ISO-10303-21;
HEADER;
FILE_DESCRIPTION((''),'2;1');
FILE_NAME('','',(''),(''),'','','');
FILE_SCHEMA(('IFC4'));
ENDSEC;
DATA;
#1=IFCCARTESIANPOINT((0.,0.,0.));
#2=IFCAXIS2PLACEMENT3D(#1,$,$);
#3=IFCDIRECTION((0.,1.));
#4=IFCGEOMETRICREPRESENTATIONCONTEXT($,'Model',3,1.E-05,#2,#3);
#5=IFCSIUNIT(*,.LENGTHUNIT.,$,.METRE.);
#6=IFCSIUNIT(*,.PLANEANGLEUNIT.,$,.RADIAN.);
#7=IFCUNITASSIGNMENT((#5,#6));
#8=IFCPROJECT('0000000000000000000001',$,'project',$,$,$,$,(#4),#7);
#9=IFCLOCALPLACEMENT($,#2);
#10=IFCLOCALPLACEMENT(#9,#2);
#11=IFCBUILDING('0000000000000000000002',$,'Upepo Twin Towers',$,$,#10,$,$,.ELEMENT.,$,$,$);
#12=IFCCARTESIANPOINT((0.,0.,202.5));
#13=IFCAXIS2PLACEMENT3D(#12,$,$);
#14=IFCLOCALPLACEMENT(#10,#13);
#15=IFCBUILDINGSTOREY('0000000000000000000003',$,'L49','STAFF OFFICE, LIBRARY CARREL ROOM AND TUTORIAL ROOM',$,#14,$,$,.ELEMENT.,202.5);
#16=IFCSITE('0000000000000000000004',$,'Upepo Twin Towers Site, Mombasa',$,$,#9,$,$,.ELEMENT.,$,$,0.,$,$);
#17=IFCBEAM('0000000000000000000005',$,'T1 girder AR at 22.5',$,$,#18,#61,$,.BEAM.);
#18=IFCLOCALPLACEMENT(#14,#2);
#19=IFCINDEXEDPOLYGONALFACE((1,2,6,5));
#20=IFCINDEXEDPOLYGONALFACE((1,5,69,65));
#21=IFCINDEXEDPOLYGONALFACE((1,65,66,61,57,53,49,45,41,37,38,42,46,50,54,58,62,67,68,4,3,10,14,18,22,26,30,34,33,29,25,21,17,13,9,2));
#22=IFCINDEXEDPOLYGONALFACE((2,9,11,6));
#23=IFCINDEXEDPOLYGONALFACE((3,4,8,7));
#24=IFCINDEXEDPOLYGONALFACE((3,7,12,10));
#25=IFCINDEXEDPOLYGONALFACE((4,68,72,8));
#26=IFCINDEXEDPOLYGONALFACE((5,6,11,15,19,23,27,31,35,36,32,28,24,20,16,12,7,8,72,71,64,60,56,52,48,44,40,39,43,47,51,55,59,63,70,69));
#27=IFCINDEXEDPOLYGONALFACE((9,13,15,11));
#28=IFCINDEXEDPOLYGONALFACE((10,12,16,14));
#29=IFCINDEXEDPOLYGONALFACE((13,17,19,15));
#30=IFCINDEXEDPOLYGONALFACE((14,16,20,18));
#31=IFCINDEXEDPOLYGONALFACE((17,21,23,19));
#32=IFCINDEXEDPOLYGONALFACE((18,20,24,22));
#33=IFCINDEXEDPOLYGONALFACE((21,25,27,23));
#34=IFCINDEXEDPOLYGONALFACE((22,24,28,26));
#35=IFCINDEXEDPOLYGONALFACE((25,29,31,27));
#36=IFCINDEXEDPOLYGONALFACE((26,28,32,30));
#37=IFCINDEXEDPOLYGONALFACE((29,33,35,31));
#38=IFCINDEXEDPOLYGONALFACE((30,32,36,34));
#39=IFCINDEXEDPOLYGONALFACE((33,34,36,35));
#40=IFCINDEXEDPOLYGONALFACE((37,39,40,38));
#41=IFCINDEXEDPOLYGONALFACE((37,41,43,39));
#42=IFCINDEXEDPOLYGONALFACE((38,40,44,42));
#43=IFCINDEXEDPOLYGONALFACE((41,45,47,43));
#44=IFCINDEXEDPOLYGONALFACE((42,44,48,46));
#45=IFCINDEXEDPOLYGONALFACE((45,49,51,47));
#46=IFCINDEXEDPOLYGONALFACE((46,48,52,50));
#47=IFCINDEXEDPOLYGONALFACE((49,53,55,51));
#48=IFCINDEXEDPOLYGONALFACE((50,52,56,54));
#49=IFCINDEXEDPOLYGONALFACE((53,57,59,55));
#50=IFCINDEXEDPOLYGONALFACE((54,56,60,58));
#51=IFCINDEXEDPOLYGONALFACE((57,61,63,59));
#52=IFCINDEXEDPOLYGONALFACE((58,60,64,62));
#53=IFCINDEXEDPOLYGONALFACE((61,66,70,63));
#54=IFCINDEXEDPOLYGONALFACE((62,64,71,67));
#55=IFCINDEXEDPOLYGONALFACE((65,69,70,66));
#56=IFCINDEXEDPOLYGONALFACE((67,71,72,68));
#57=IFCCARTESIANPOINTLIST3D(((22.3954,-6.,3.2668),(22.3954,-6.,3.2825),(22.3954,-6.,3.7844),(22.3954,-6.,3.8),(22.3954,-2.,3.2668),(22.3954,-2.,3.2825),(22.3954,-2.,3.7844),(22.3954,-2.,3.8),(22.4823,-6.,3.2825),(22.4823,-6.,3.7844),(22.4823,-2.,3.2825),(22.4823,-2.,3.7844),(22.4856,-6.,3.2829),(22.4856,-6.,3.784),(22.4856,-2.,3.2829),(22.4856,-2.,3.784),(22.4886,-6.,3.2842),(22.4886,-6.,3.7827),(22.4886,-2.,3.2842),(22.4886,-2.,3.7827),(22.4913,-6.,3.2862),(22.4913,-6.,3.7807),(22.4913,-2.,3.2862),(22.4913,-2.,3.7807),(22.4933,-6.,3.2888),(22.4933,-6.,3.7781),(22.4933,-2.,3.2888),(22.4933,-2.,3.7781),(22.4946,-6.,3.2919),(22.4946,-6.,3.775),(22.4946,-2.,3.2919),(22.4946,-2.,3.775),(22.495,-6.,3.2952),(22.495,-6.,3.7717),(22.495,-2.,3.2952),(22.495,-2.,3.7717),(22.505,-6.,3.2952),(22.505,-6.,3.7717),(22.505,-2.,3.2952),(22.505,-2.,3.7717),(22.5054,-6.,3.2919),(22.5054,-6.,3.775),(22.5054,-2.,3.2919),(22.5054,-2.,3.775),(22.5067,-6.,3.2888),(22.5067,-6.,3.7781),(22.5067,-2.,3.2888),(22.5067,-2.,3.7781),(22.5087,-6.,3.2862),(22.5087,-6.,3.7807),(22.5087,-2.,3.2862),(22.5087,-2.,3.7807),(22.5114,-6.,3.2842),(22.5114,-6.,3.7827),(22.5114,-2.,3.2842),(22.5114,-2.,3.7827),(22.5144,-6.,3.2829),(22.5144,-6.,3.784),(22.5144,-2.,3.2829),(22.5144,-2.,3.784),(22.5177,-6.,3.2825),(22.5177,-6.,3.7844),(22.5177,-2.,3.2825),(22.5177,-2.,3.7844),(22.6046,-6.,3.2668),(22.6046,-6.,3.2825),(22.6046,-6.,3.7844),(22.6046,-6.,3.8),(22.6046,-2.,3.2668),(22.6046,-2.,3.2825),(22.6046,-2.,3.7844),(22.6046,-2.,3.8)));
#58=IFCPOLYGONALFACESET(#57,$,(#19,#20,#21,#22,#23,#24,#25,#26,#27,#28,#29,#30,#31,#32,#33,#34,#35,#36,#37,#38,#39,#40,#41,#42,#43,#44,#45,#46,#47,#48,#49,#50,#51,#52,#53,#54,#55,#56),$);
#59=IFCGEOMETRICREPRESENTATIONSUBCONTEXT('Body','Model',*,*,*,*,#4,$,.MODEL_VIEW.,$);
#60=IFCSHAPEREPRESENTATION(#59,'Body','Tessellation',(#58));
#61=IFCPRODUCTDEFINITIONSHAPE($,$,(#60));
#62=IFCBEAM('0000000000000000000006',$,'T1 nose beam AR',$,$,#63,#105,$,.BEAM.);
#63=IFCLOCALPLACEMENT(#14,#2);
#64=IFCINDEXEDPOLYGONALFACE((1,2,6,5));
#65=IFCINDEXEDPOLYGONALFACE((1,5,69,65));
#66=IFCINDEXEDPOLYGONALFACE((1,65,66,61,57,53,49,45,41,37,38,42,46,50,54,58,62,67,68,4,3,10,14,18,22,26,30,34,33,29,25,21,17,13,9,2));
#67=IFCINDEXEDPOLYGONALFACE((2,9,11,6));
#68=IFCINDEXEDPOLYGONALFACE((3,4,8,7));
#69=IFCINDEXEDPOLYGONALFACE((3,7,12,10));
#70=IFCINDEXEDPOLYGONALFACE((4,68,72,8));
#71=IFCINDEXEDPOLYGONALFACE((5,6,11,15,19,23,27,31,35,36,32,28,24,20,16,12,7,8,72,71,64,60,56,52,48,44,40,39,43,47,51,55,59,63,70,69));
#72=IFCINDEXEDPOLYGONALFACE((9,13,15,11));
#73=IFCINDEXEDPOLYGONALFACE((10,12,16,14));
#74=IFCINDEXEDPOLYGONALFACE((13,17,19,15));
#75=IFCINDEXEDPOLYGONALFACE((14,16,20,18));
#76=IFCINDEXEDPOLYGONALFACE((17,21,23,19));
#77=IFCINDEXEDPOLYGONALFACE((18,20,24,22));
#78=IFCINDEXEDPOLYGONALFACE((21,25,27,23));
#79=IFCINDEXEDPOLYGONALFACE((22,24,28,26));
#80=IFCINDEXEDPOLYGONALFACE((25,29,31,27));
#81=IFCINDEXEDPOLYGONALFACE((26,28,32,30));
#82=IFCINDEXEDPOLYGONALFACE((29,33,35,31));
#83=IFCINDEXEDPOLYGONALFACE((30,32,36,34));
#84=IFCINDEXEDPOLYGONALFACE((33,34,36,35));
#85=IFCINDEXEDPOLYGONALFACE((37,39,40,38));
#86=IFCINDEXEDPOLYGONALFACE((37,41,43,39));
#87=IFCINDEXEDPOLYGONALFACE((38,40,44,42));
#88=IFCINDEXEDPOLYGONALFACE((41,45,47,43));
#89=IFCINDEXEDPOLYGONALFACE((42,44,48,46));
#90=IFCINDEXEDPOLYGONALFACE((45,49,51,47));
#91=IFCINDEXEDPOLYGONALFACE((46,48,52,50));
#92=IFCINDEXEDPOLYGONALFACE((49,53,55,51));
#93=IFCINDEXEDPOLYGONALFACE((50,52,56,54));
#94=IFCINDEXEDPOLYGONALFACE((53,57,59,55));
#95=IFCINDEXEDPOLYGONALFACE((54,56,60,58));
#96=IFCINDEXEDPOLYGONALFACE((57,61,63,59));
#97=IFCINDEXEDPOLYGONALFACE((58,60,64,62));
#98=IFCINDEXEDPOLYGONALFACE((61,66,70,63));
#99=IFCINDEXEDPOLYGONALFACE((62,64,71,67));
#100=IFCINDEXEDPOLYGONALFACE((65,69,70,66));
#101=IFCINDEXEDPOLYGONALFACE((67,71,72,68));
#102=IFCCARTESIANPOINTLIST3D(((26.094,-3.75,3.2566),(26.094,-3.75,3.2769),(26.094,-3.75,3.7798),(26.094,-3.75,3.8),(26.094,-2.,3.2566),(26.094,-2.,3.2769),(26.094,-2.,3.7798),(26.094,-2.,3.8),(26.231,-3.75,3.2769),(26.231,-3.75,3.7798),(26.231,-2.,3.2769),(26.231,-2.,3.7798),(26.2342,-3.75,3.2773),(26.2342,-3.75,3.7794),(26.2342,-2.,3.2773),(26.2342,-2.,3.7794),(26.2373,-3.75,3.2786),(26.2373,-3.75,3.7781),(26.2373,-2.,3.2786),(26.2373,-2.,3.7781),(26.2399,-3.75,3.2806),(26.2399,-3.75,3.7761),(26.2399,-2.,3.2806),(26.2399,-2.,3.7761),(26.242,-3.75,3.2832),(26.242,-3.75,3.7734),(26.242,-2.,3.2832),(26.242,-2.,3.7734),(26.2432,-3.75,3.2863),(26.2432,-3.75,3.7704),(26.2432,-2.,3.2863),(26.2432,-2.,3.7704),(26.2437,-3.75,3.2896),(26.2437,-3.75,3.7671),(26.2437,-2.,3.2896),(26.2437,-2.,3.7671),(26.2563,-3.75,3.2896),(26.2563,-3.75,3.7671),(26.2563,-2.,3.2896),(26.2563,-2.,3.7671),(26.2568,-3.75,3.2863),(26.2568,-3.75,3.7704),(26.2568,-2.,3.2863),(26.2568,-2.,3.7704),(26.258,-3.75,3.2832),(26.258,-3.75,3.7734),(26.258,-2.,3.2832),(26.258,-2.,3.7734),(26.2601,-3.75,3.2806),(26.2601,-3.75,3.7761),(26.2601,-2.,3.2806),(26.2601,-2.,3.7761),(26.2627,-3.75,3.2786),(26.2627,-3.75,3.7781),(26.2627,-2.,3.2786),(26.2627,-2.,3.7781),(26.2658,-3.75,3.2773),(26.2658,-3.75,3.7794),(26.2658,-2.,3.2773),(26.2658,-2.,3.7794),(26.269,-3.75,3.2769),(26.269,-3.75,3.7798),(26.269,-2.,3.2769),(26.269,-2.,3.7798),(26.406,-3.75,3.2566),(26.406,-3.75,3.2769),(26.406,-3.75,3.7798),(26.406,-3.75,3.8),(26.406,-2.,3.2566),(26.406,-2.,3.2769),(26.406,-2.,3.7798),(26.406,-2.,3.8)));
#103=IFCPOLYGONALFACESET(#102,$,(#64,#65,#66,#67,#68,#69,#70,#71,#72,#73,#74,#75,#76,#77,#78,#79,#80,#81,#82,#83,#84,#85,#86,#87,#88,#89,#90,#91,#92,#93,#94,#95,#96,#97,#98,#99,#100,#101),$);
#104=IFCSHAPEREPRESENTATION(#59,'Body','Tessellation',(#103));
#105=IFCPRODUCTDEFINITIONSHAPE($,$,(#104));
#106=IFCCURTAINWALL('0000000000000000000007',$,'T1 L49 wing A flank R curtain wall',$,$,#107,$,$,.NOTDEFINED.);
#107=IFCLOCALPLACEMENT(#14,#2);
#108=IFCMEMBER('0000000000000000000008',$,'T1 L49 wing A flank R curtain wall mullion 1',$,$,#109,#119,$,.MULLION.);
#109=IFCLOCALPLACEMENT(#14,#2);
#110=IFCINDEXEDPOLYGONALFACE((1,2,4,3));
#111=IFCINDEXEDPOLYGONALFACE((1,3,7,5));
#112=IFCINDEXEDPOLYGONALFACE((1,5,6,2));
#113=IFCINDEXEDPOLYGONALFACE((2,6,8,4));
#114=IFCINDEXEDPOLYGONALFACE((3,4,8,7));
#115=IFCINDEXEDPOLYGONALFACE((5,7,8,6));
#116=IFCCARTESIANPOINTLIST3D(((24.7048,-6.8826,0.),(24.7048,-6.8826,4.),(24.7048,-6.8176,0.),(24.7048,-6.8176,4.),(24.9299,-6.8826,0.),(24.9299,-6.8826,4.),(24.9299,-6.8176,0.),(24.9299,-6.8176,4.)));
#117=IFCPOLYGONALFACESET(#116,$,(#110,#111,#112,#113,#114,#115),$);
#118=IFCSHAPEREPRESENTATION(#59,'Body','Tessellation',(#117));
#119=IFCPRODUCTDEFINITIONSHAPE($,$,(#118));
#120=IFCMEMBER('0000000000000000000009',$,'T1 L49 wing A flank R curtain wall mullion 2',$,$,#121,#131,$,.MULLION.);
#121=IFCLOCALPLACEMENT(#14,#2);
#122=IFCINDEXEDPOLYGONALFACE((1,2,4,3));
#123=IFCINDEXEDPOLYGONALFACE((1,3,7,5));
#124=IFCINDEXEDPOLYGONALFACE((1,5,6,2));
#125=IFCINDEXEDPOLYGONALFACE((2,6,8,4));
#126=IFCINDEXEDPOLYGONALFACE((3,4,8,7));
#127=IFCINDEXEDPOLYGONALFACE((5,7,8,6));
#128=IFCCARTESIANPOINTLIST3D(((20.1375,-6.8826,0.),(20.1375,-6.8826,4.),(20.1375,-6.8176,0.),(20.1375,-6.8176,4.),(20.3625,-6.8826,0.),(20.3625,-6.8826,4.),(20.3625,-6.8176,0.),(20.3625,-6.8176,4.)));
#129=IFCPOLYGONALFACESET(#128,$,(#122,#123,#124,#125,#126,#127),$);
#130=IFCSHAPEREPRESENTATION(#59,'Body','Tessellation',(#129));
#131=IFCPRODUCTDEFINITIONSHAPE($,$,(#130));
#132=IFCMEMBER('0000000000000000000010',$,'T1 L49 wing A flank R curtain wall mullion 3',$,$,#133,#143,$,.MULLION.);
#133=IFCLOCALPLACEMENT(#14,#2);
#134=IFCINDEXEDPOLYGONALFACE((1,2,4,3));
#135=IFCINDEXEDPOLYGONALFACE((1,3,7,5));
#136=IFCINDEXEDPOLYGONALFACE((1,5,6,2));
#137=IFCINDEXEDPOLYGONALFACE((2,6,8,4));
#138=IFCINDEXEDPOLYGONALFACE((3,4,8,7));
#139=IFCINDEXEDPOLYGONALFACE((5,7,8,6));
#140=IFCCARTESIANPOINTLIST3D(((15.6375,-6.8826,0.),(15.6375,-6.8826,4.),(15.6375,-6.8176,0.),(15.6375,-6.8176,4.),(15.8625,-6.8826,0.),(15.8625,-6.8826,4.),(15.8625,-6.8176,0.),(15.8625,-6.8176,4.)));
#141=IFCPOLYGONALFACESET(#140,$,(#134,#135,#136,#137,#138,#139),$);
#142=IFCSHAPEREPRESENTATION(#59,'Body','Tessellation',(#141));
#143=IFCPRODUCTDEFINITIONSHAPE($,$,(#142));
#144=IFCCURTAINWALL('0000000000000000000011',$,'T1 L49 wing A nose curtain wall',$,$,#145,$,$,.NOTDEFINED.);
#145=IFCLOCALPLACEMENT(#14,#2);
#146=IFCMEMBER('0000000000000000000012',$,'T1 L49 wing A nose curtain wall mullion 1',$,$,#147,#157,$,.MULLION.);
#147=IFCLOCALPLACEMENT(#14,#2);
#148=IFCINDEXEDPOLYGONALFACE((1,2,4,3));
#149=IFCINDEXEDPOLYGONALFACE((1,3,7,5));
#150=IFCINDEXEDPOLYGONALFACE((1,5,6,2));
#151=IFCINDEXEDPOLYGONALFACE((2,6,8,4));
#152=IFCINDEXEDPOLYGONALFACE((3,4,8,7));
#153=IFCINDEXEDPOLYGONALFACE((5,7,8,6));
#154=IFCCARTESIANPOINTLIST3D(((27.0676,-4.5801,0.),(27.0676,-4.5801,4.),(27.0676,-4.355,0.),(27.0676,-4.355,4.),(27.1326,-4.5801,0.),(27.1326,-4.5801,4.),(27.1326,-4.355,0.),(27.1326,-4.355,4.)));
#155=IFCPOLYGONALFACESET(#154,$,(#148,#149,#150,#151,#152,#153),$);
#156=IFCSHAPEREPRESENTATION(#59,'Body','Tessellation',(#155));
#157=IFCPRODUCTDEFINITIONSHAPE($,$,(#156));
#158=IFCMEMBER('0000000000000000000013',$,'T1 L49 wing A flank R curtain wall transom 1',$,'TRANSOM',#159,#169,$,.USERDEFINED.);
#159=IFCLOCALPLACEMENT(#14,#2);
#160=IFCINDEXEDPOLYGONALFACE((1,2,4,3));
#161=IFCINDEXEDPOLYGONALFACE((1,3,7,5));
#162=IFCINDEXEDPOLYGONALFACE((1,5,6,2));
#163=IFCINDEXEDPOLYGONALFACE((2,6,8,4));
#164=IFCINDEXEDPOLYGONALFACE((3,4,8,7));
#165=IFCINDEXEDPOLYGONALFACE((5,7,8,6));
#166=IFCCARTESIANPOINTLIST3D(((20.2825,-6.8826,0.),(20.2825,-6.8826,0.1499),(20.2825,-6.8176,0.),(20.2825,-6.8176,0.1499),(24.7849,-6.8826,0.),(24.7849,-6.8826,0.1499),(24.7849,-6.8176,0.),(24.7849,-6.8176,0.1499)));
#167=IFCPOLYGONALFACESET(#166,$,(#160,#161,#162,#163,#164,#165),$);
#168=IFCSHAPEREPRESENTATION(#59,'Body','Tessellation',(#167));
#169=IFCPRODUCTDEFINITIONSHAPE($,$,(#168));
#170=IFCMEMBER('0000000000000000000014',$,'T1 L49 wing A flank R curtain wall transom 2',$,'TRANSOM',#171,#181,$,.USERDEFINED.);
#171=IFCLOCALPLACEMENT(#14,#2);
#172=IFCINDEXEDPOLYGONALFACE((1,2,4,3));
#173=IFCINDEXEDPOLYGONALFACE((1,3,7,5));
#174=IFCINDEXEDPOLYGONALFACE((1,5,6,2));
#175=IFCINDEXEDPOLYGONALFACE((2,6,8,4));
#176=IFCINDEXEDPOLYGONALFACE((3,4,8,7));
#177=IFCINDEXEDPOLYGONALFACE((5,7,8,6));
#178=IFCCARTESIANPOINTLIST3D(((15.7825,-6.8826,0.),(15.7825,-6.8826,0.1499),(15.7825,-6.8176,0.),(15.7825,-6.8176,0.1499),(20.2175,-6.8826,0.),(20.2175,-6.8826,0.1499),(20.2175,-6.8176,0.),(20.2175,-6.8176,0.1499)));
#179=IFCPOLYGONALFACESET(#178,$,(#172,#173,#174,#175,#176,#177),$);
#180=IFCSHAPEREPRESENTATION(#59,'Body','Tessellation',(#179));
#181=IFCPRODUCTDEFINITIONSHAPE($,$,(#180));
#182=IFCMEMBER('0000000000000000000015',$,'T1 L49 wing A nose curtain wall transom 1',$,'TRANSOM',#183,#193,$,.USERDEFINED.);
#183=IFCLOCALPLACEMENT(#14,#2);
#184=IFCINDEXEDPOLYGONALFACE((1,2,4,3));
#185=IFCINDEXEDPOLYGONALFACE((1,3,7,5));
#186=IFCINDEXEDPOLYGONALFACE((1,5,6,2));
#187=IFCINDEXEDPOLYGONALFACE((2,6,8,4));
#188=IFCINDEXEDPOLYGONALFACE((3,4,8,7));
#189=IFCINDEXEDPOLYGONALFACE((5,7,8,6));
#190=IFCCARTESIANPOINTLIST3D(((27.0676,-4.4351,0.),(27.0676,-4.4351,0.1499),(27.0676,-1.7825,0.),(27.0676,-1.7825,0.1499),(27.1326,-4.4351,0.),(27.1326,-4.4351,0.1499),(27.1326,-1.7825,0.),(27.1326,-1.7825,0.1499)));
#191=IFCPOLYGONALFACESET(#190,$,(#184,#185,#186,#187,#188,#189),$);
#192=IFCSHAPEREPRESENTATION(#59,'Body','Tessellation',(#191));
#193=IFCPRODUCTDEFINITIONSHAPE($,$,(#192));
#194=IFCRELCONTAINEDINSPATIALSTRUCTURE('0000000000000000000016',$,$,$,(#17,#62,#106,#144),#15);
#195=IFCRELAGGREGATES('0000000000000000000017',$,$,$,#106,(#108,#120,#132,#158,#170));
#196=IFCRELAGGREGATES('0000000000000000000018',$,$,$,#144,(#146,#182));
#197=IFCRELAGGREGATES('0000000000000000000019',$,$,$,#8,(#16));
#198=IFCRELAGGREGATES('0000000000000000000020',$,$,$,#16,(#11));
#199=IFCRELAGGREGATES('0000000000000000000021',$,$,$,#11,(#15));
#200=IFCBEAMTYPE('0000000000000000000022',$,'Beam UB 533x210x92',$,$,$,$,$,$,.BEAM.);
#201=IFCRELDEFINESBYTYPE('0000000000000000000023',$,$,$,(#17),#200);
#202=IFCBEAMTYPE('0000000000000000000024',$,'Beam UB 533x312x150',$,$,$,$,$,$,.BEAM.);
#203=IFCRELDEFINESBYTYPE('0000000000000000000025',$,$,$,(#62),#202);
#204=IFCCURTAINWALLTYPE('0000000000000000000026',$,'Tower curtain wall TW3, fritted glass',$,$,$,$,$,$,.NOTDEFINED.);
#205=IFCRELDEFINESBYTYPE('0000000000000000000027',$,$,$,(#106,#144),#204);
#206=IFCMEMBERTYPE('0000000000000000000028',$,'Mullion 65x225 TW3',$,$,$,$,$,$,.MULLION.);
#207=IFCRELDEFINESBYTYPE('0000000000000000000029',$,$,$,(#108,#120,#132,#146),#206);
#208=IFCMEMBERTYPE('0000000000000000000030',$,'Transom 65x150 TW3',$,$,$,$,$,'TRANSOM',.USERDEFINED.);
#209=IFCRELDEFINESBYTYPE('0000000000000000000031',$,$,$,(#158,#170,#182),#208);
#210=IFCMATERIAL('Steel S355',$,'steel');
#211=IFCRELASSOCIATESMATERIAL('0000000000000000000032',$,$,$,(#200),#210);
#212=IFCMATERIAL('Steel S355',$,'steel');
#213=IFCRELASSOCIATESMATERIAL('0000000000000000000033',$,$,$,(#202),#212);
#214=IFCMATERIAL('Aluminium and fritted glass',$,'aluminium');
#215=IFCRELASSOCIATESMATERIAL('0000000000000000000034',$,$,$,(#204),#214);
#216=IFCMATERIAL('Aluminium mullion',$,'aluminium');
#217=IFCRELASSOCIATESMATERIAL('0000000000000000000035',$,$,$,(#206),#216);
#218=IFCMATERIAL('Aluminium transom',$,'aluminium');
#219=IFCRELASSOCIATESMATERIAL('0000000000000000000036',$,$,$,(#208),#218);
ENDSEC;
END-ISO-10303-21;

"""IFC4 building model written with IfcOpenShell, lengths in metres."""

from ifc_helpers import new_model, si_unit, direction, frame, origin, origin_2d, place, context, subcontext, project, spatial, rectangle, i_section, extrude, material, material_profile, profile_set, type_object, element, aggregate, save


model = new_model("IFC4")

# Units and contexts
model_context = context("Model", 3, precision=1e-05, world=origin(), true_north=direction((0.0, 1.0)))
body_context = subcontext(model_context, "Body", "Model", "MODEL_VIEW")
ifc_project = project(units=[si_unit("LENGTHUNIT", "METRE"), si_unit("PLANEANGLEUNIT", "RADIAN")], contexts=[model_context])

# Site, building, storey
site_placement = place(None, origin())
site = spatial("IfcSite", under=ifc_project, at=site_placement, Name="Upepo Twin Towers Site, Mombasa", CompositionType="ELEMENT", RefElevation=0.0)
building_placement = place(site_placement, origin())
building = spatial("IfcBuilding", under=site, at=building_placement, Name="Upepo Twin Towers", CompositionType="ELEMENT")
storey_placement = place(building_placement, frame((0.0, 0.0, 202.5)))
storey = spatial("IfcBuildingStorey", under=building, at=storey_placement, Name="L49", Description="STAFF OFFICE, LIBRARY CARREL ROOM AND TUTORIAL ROOM", CompositionType="ELEMENT", Elevation=202.5)

# Beams
ifc_material_1 = material(Name="Steel S355", Category="steel")
ifc_material_profile_1 = material_profile(ifc_material_1, i_section(OverallWidth=0.2092, OverallDepth=0.5332, WebThickness=0.01, FlangeThickness=0.0156, FilletRadius=0.0127, at=origin_2d()), Name="UB 533x210x92")
ifc_profile_set_1 = profile_set([ifc_material_profile_1], Name="Steel S355")
beam_type_1 = type_object("IfcBeamType", Name="Beam UB 533x210x92", PredefinedType="BEAM", material=ifc_profile_set_1)
for number, where, z_axis, x_axis, name in (
    (1, (22.5, -6.0, 3.5334), (0.0, 1.0, 0.0), (-1.0, 0.0, 0.0), "T1 girder AR at 22.5"),
):
    element("IfcBeam", number, at=place(storey_placement, frame(where, z_axis=z_axis, x_axis=x_axis)), inside=storey, type_object=beam_type_1, Name=name, PredefinedType="BEAM", context=body_context, shape_type="SweptSolid", body=[
        extrude(i_section(OverallWidth=0.2092, OverallDepth=0.5332, WebThickness=0.01, FlangeThickness=0.0156, FilletRadius=0.0127, at=origin_2d()), origin(), (0.0, 0.0, 1.0), 4.0),
    ])
ifc_material_2 = material(Name="Steel S355", Category="steel")
ifc_material_profile_2 = material_profile(ifc_material_2, i_section(OverallWidth=0.312, OverallDepth=0.5435, WebThickness=0.0127, FlangeThickness=0.0203, FilletRadius=0.0127, at=origin_2d()), Name="UB 533x312x150")
ifc_profile_set_2 = profile_set([ifc_material_profile_2], Name="Steel S355")
beam_type_2 = type_object("IfcBeamType", Name="Beam UB 533x312x150", PredefinedType="BEAM", material=ifc_profile_set_2)
beam_1_placement = place(storey_placement, frame((26.25, -3.75, 3.5283), z_axis=(0.0, 1.0, 0.0), x_axis=(-1.0, 0.0, 0.0)))
element("IfcBeam", 2, at=beam_1_placement, inside=storey, type_object=beam_type_2, Name="T1 nose beam AR", PredefinedType="BEAM", context=body_context, shape_type="SweptSolid", body=[
    extrude(i_section(OverallWidth=0.312, OverallDepth=0.5435, WebThickness=0.0127, FlangeThickness=0.0203, FilletRadius=0.0127, at=origin_2d()), origin(), (0.0, 0.0, 1.0), 1.75),
])

# Curtain wall, members
ifc_material_3 = material(Name="Aluminium and fritted glass", Category="aluminium")
curtain_wall_type = type_object("IfcCurtainWallType", Name="Tower curtain wall TW3, fritted glass", PredefinedType="NOTDEFINED", material=ifc_material_3)
curtain_wall_1_placement = place(storey_placement, origin())
curtain_wall_1 = element("IfcCurtainWall", 3, at=curtain_wall_1_placement, inside=storey, type_object=curtain_wall_type, Name="T1 L49 wing A flank R curtain wall", PredefinedType="NOTDEFINED")
ifc_material_4 = material(Name="Aluminium mullion", Category="aluminium")
ifc_material_profile_3 = material_profile(ifc_material_4, rectangle(XDim=0.0649, YDim=0.2251, at=origin_2d()), Name="MULLION 65x225")
ifc_profile_set_3 = profile_set([ifc_material_profile_3], Name="Aluminium mullion")
member_type_1 = type_object("IfcMemberType", Name="Mullion 65x225 TW3", PredefinedType="MULLION", material=ifc_profile_set_3)
member_1_placement = place(storey_placement, frame((24.8174, -6.8501, 0.0), z_axis=(0.0, 0.0, 1.0), x_axis=(0.0, -1.0, 0.0)))
member_1 = element("IfcMember", 4, at=member_1_placement, type_object=member_type_1, Name="T1 L49 wing A flank R curtain wall mullion 1", PredefinedType="MULLION", context=body_context, shape_type="SweptSolid", body=[
    extrude(rectangle(XDim=0.0649, YDim=0.2251, at=origin_2d()), origin(), (0.0, 0.0, 1.0), 4.0),
])
member_2_placement = place(storey_placement, frame((20.25, -6.8501, 0.0), z_axis=(0.0, 0.0, 1.0), x_axis=(0.0, -1.0, 0.0)))
member_2 = element("IfcMember", 5, at=member_2_placement, type_object=member_type_1, Name="T1 L49 wing A flank R curtain wall mullion 2", PredefinedType="MULLION", context=body_context, shape_type="SweptSolid", body=[
    extrude(rectangle(XDim=0.0649, YDim=0.2251, at=origin_2d()), origin(), (0.0, 0.0, 1.0), 4.0),
])
member_3_placement = place(storey_placement, frame((15.75, -6.8501, 0.0), z_axis=(0.0, 0.0, 1.0), x_axis=(0.0, -1.0, 0.0)))
member_3 = element("IfcMember", 6, at=member_3_placement, type_object=member_type_1, Name="T1 L49 wing A flank R curtain wall mullion 3", PredefinedType="MULLION", context=body_context, shape_type="SweptSolid", body=[
    extrude(rectangle(XDim=0.0649, YDim=0.2251, at=origin_2d()), origin(), (0.0, 0.0, 1.0), 4.0),
])

# Curtain wall, member
curtain_wall_2_placement = place(storey_placement, origin())
curtain_wall_2 = element("IfcCurtainWall", 7, at=curtain_wall_2_placement, inside=storey, type_object=curtain_wall_type, Name="T1 L49 wing A nose curtain wall", PredefinedType="NOTDEFINED")
member_4_placement = place(storey_placement, frame((27.1001, -4.4675, 0.0), z_axis=(0.0, 0.0, 1.0), x_axis=(-1.0, 0.0, 0.0)))
member_4 = element("IfcMember", 8, at=member_4_placement, type_object=member_type_1, Name="T1 L49 wing A nose curtain wall mullion 1", PredefinedType="MULLION", context=body_context, shape_type="SweptSolid", body=[
    extrude(rectangle(XDim=0.0649, YDim=0.2251, at=origin_2d()), origin(), (0.0, 0.0, 1.0), 4.0),
])

# Members
ifc_material_5 = material(Name="Aluminium transom", Category="aluminium")
ifc_material_profile_4 = material_profile(ifc_material_5, rectangle(XDim=0.0649, YDim=0.1499, at=origin_2d()), Name="TRANSOM 65x150")
ifc_profile_set_4 = profile_set([ifc_material_profile_4], Name="Aluminium transom")
member_type_2 = type_object("IfcMemberType", Name="Transom 65x150 TW3", ElementType="TRANSOM", PredefinedType="USERDEFINED", material=ifc_profile_set_4)
member_5_placement = place(storey_placement, frame((24.7849, -6.8501, 0.075), z_axis=(-1.0, 0.0, 0.0), x_axis=(0.0, -1.0, 0.0)))
member_5 = element("IfcMember", 9, at=member_5_placement, type_object=member_type_2, Name="T1 L49 wing A flank R curtain wall transom 1", ObjectType="TRANSOM", PredefinedType="USERDEFINED", context=body_context, shape_type="SweptSolid", body=[
    extrude(rectangle(XDim=0.0649, YDim=0.1499, at=origin_2d()), origin(), (0.0, 0.0, 1.0), 4.5024),
])
member_6_placement = place(storey_placement, frame((20.2175, -6.8501, 0.075), z_axis=(-1.0, 0.0, 0.0), x_axis=(0.0, -1.0, 0.0)))
member_6 = element("IfcMember", 10, at=member_6_placement, type_object=member_type_2, Name="T1 L49 wing A flank R curtain wall transom 2", ObjectType="TRANSOM", PredefinedType="USERDEFINED", context=body_context, shape_type="SweptSolid", body=[
    extrude(rectangle(XDim=0.0649, YDim=0.1499, at=origin_2d()), origin(), (0.0, 0.0, 1.0), 4.4351),
])
member_7_placement = place(storey_placement, frame((27.1001, -4.4351, 0.075), z_axis=(0.0, 1.0, 0.0), x_axis=(-1.0, 0.0, 0.0)))
member_7 = element("IfcMember", 11, at=member_7_placement, type_object=member_type_2, Name="T1 L49 wing A nose curtain wall transom 1", ObjectType="TRANSOM", PredefinedType="USERDEFINED", context=body_context, shape_type="SweptSolid", body=[
    extrude(rectangle(XDim=0.0649, YDim=0.1499, at=origin_2d()), origin(), (0.0, 0.0, 1.0), 2.6526),
])

aggregate(curtain_wall_1, [member_1, member_2, member_3, member_5, member_6])
aggregate(curtain_wall_2, [member_4, member_7])

save(model, "model.ifc")
